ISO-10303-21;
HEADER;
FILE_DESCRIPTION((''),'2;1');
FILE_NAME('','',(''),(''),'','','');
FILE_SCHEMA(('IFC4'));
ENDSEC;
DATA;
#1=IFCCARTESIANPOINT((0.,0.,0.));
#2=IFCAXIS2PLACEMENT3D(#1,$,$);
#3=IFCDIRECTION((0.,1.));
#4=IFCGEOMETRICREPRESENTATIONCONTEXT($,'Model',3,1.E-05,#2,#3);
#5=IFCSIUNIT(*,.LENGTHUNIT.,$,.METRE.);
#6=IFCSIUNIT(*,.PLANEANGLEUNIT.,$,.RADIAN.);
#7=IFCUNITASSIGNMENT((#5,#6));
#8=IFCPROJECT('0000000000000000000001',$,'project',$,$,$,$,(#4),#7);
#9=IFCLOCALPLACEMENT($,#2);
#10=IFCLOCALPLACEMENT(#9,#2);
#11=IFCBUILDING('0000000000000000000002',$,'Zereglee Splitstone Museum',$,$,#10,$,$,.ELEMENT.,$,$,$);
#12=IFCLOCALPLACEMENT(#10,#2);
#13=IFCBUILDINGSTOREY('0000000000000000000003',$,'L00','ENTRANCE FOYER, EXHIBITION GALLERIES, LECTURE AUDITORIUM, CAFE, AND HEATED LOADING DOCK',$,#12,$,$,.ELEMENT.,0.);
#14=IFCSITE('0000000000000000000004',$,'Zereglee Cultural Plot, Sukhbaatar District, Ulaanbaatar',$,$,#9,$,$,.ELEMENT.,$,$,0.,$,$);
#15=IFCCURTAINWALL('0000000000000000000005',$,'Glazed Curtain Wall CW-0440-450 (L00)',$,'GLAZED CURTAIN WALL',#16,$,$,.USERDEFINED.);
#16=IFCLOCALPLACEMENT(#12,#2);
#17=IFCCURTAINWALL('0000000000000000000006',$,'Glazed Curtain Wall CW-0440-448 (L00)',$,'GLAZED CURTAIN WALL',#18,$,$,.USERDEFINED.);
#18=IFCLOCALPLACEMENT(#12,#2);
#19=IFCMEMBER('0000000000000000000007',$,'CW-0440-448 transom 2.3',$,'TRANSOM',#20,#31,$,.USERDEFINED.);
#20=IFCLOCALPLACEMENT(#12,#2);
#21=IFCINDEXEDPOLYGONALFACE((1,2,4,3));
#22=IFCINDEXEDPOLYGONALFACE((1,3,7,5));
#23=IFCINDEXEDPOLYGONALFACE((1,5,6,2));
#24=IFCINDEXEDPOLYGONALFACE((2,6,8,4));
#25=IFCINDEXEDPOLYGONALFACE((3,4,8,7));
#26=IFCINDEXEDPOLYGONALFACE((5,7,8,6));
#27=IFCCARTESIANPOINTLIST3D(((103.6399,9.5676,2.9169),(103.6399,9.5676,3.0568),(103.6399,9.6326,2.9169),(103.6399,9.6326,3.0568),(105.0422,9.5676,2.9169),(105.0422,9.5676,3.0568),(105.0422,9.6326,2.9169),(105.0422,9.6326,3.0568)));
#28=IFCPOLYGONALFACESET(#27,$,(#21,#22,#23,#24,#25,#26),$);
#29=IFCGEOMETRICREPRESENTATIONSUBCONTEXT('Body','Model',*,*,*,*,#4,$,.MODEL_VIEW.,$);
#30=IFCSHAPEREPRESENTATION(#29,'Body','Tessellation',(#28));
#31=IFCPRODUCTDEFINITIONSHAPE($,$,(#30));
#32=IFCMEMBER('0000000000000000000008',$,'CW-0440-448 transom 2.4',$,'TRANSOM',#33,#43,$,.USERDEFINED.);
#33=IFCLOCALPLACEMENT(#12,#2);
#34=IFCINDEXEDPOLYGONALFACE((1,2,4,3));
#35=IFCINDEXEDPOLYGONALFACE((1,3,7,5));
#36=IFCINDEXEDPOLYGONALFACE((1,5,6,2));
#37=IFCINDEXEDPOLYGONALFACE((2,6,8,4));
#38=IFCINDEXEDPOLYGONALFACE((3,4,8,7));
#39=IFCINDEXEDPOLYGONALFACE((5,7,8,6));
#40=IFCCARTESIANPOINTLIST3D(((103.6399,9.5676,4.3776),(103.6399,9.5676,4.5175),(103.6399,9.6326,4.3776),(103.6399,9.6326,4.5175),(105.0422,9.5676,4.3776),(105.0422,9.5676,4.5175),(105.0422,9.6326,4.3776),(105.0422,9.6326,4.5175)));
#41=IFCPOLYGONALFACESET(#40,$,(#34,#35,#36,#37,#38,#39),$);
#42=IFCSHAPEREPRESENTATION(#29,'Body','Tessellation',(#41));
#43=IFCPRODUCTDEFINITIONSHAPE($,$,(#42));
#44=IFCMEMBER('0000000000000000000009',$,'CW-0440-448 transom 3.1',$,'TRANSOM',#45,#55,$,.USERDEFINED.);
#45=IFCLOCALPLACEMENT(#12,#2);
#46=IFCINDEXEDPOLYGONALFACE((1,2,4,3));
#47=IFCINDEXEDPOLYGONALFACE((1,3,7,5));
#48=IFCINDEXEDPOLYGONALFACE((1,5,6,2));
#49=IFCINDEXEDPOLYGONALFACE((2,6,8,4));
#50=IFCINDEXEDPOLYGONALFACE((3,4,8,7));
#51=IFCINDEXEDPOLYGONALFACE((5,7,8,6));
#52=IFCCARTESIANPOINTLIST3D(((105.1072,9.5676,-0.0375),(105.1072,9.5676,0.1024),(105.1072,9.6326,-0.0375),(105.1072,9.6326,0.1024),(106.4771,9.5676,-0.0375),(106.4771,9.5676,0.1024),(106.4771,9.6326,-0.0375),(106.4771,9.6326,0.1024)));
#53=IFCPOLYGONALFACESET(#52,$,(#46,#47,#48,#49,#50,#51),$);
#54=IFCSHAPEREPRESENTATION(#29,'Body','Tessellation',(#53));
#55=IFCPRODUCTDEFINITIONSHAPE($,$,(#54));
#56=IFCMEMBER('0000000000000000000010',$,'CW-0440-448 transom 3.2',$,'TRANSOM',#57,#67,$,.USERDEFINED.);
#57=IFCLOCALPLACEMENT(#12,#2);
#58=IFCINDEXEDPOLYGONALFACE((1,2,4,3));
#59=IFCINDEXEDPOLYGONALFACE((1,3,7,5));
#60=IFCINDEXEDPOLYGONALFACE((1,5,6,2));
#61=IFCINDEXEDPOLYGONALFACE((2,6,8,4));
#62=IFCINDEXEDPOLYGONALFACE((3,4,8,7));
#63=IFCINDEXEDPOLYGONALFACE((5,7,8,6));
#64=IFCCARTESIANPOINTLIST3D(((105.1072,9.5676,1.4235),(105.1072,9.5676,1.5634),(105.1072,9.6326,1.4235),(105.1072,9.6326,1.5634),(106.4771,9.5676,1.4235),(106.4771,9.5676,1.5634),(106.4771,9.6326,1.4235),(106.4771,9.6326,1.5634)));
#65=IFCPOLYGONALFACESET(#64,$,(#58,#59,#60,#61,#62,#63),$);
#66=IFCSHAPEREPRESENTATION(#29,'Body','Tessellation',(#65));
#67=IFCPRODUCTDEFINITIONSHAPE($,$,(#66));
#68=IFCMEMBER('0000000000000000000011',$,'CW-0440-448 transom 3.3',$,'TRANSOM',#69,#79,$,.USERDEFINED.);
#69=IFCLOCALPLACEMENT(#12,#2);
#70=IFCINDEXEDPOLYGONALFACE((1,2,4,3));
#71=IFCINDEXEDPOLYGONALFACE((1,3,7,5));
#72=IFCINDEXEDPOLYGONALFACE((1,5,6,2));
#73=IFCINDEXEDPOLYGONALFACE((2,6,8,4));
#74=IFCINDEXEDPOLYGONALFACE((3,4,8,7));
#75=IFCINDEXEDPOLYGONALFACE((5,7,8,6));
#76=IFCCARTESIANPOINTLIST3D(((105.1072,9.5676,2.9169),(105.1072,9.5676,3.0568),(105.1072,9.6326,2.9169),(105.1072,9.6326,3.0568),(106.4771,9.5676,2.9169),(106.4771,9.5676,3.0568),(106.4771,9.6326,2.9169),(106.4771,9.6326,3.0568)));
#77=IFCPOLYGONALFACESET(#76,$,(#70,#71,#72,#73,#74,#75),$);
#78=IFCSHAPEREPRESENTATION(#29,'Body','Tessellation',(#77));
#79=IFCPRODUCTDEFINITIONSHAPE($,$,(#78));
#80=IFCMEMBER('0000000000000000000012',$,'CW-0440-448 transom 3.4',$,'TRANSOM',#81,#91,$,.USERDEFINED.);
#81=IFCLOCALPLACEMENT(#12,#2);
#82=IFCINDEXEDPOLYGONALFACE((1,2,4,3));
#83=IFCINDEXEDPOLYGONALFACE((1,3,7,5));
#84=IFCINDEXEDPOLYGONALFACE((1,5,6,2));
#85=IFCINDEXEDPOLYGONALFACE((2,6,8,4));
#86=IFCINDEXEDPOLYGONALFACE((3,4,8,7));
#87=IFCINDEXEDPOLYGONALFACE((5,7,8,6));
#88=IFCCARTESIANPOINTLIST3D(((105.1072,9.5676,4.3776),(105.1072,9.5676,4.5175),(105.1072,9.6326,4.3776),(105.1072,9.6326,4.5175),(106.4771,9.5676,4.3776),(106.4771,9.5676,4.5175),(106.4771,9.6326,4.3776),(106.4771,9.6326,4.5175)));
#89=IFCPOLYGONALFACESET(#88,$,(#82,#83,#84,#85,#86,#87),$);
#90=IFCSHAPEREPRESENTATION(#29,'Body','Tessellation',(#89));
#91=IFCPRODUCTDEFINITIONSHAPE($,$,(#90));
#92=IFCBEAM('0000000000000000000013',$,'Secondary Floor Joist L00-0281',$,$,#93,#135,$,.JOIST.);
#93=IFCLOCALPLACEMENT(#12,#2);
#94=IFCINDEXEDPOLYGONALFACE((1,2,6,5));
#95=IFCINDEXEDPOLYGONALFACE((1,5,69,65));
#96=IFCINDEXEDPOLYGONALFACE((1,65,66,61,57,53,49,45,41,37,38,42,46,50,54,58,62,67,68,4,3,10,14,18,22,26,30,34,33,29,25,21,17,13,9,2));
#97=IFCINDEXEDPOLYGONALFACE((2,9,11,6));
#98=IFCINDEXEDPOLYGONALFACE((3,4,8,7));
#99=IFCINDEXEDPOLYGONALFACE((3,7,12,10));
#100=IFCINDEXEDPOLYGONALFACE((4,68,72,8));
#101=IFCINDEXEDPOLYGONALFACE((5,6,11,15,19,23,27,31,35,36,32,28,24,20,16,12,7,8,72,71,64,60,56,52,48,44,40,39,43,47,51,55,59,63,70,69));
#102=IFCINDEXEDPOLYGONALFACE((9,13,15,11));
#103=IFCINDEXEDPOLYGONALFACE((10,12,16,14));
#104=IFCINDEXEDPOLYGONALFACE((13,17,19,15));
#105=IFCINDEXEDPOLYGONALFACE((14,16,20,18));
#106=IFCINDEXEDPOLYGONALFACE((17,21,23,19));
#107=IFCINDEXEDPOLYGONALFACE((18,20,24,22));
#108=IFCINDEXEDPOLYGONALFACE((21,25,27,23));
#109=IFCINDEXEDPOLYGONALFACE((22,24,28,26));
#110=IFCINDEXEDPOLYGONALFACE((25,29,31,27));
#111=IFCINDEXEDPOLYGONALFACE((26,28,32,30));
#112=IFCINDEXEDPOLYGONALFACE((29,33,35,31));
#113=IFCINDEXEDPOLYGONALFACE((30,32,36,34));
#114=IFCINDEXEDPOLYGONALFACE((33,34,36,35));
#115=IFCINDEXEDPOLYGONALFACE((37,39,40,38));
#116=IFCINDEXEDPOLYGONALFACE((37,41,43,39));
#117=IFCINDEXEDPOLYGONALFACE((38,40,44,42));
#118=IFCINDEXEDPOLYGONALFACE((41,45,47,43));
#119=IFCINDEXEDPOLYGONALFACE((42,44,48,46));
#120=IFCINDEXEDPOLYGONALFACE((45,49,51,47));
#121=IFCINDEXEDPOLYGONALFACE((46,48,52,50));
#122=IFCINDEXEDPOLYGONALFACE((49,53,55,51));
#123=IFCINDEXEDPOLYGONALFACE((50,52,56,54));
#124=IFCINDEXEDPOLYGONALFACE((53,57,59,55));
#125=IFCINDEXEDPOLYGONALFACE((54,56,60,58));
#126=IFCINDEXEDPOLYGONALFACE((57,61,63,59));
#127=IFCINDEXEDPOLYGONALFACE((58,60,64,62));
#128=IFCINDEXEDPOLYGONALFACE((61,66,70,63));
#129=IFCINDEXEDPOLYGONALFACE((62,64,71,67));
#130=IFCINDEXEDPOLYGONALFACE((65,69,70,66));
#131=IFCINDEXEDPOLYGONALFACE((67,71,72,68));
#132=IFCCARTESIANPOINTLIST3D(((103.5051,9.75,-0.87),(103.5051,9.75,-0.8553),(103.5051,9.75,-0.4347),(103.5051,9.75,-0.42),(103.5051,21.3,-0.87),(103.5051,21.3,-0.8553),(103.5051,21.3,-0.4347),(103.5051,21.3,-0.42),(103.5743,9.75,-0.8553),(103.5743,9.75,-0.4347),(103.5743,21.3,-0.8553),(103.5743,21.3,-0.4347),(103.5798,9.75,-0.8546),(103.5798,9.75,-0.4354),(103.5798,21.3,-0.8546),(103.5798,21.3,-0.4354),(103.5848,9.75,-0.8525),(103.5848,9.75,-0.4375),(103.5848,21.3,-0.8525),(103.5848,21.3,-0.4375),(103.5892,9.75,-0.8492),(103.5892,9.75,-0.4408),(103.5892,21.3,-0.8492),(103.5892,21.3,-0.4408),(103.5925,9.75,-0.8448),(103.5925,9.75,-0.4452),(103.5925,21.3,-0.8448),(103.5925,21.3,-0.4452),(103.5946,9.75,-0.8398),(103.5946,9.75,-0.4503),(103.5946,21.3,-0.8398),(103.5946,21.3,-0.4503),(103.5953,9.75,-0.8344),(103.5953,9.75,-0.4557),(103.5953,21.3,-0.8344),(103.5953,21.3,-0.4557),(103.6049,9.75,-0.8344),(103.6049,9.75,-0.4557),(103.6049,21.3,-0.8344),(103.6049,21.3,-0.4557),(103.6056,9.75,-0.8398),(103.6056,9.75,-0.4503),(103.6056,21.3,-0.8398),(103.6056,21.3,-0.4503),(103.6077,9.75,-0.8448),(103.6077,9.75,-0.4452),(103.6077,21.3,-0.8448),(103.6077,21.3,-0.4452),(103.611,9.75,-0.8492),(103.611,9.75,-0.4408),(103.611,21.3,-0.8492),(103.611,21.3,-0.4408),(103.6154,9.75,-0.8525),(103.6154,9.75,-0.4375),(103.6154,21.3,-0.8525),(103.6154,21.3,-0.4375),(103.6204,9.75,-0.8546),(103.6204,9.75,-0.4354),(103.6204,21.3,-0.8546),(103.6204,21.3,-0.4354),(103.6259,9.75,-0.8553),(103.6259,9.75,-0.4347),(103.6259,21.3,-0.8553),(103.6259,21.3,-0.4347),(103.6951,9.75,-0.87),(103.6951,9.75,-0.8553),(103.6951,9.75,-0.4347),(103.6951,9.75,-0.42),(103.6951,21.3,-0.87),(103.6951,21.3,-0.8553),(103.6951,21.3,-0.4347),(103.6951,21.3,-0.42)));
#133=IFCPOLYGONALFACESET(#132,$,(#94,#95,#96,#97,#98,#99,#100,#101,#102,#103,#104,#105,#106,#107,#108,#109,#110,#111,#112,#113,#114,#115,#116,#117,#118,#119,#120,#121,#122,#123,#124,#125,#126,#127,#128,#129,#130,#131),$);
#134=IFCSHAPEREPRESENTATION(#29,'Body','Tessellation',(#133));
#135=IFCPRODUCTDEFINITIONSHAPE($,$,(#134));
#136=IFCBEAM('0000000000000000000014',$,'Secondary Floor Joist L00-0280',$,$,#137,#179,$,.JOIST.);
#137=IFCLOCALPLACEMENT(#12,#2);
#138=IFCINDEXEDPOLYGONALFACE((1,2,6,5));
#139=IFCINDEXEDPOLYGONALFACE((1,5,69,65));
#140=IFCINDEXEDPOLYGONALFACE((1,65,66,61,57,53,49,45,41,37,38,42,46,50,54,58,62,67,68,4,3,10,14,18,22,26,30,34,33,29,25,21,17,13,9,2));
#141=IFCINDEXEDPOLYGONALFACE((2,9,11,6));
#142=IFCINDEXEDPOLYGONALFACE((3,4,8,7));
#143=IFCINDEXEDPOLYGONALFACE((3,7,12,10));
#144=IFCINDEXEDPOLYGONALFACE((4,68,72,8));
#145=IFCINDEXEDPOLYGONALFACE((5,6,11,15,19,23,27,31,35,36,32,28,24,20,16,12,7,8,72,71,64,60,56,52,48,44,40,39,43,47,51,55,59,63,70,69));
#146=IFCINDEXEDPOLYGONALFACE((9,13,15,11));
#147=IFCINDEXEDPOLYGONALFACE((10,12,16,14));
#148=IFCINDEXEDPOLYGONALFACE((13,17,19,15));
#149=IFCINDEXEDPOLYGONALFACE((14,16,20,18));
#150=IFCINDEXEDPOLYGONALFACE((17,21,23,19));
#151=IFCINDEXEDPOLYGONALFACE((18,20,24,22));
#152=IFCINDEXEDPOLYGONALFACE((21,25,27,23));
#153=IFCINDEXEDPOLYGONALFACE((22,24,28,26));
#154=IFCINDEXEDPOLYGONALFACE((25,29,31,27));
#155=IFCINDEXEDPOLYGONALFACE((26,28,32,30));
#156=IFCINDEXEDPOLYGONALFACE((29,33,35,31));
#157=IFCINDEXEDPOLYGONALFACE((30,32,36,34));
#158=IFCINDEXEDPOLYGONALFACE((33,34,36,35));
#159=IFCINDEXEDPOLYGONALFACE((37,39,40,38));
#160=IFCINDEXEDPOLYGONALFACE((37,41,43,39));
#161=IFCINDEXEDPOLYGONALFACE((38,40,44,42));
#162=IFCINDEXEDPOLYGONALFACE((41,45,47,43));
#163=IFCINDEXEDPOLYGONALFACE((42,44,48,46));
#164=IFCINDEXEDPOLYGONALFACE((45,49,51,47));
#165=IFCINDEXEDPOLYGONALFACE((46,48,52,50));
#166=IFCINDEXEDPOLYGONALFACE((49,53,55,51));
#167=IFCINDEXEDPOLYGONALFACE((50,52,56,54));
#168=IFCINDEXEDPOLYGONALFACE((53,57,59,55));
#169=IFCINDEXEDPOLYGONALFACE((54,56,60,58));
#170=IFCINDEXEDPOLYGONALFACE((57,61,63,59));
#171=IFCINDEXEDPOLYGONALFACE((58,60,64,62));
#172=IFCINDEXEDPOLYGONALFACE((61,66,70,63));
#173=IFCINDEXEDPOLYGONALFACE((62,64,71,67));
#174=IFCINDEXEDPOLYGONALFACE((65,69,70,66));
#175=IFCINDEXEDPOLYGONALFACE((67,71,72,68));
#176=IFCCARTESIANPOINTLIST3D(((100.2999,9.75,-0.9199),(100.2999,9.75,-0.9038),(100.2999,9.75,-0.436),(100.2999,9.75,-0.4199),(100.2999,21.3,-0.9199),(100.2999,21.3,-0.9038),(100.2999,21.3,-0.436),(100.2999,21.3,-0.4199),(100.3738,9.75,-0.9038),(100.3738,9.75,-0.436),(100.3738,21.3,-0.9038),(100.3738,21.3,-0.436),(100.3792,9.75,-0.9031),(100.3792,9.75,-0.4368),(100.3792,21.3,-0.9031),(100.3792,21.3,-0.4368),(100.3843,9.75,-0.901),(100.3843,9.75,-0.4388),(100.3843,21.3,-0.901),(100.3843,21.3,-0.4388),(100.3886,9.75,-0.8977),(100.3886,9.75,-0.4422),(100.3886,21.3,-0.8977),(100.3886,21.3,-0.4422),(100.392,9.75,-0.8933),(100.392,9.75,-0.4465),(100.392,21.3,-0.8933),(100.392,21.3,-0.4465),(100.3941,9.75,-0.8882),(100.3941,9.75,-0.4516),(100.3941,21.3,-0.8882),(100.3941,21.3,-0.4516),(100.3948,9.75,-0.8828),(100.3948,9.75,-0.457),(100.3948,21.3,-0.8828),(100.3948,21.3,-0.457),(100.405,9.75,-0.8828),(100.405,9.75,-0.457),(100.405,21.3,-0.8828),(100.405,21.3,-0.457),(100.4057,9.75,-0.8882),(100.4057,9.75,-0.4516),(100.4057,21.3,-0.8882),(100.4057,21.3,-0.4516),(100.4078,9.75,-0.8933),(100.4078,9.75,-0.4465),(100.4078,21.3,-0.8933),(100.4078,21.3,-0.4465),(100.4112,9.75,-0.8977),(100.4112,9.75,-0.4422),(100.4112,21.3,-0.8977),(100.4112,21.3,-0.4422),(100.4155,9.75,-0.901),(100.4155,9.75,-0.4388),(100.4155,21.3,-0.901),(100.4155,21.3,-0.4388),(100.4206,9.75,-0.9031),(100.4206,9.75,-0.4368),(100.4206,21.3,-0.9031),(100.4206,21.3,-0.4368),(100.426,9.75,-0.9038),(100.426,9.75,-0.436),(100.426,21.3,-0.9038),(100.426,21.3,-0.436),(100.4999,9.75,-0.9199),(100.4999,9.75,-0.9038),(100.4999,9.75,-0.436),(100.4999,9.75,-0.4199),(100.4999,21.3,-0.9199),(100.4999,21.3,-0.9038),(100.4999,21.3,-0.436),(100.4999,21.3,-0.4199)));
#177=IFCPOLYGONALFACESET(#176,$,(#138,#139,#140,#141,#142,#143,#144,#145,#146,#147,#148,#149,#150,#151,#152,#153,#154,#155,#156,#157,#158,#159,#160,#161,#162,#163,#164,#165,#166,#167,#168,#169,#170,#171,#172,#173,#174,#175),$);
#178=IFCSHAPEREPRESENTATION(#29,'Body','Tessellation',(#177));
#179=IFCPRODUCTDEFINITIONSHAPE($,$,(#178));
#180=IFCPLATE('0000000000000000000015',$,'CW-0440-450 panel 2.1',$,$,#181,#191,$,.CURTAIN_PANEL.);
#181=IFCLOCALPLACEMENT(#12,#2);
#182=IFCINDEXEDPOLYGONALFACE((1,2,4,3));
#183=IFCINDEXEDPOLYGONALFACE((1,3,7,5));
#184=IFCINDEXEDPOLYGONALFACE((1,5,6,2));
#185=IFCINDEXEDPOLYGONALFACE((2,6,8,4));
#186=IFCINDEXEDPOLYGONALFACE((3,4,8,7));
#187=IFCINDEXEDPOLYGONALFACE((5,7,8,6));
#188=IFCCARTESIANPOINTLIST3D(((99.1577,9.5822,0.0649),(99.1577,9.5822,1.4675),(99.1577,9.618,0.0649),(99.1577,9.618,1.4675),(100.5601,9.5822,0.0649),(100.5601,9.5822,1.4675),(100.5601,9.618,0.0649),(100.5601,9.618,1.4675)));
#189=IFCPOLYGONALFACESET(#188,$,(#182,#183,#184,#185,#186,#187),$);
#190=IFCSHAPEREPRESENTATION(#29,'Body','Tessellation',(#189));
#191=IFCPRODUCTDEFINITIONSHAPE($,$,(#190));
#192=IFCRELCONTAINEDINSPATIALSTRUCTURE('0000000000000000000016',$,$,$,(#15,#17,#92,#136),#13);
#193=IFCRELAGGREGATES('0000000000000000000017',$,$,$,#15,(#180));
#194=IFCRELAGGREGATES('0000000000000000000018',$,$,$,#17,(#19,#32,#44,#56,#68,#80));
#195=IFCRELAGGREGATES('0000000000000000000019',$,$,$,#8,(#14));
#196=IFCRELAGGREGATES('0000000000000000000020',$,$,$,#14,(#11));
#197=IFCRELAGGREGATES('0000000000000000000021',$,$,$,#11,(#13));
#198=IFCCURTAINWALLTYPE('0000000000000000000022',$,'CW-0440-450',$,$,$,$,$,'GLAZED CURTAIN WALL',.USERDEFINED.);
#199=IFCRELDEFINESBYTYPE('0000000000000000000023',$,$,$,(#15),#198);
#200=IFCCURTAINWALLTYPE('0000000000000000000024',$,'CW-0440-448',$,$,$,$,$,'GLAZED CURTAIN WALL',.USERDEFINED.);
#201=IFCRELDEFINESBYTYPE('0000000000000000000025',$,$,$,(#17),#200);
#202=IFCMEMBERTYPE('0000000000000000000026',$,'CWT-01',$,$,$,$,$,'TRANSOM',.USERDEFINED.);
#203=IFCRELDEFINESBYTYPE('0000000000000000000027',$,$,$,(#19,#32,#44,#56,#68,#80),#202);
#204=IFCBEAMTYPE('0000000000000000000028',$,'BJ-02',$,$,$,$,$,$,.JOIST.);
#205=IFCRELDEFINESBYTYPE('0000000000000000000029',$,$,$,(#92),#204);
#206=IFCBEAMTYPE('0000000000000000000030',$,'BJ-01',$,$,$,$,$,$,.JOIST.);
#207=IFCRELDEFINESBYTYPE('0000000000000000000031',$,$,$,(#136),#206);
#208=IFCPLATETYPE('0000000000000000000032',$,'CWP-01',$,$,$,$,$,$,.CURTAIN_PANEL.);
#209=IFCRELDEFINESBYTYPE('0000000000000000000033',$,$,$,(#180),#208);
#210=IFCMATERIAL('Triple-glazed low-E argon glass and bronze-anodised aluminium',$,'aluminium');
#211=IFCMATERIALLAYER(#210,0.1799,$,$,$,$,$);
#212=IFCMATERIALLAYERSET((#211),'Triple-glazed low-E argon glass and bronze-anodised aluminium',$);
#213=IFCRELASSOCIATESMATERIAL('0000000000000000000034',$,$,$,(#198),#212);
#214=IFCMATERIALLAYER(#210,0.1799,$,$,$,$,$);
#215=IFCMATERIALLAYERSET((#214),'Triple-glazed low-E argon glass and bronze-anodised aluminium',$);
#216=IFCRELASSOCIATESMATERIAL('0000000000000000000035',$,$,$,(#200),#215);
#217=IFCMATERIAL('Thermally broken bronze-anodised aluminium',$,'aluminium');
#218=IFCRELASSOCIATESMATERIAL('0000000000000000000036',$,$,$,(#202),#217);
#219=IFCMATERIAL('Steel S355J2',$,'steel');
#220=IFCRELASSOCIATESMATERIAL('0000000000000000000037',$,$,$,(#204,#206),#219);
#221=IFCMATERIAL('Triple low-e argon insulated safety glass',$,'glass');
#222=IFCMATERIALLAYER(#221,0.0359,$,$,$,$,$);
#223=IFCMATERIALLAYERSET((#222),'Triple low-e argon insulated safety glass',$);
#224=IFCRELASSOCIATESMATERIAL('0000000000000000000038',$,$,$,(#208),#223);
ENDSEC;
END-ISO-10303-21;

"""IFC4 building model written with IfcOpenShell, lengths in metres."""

from ifc_helpers import new_model, si_unit, direction, frame, origin, origin_2d, place, context, subcontext, project, spatial, rectangle, i_section, extrude, material, layer, layer_set, material_profile, profile_set, type_object, element, aggregate, save


model = new_model("IFC4")

# Units and contexts
model_context = context("Model", 3, precision=1e-05, world=origin(), true_north=direction((0.0, 1.0)))
body_context = subcontext(model_context, "Body", "Model", "MODEL_VIEW")
ifc_project = project(units=[si_unit("LENGTHUNIT", "METRE"), si_unit("PLANEANGLEUNIT", "RADIAN")], contexts=[model_context])

# Site, building, storey
site_placement = place(None, origin())
site = spatial("IfcSite", under=ifc_project, at=site_placement, Name="Zereglee Cultural Plot, Sukhbaatar District, Ulaanbaatar", CompositionType="ELEMENT", RefElevation=0.0)
building_placement = place(site_placement, origin())
building = spatial("IfcBuilding", under=site, at=building_placement, Name="Zereglee Splitstone Museum", CompositionType="ELEMENT")
storey_placement = place(building_placement, origin())
storey = spatial("IfcBuildingStorey", under=building, at=storey_placement, Name="L00", Description="ENTRANCE FOYER, EXHIBITION GALLERIES, LECTURE AUDITORIUM, CAFE, AND HEATED LOADING DOCK", CompositionType="ELEMENT", Elevation=0.0)

# Curtain walls
ifc_material_1 = material(Name="Triple-glazed low-E argon glass and bronze-anodised aluminium", Category="aluminium")
ifc_layer_1 = layer(ifc_material_1, 0.1799)
ifc_layer_set_1 = layer_set([ifc_layer_1], Name="Triple-glazed low-E argon glass and bronze-anodised aluminium")
curtain_wall_type_1 = type_object("IfcCurtainWallType", Name="CW-0440-450", ElementType="GLAZED CURTAIN WALL", PredefinedType="USERDEFINED", material=ifc_layer_set_1)
curtain_wall_1_placement = place(storey_placement, origin())
curtain_wall_1 = element("IfcCurtainWall", 1, at=curtain_wall_1_placement, inside=storey, type_object=curtain_wall_type_1, Name="Glazed Curtain Wall CW-0440-450 (L00)", ObjectType="GLAZED CURTAIN WALL", PredefinedType="USERDEFINED")
ifc_material_2 = material(Name="Thermally broken bronze-anodised aluminium", Category="aluminium")
ifc_layer_2 = layer(ifc_material_1, 0.1799)
ifc_layer_set_2 = layer_set([ifc_layer_2], Name="Triple-glazed low-E argon glass and bronze-anodised aluminium")
curtain_wall_type_2 = type_object("IfcCurtainWallType", Name="CW-0440-448", ElementType="GLAZED CURTAIN WALL", PredefinedType="USERDEFINED", material=ifc_layer_set_2)
curtain_wall_2_placement = place(storey_placement, origin())
curtain_wall_2 = element("IfcCurtainWall", 2, at=curtain_wall_2_placement, inside=storey, type_object=curtain_wall_type_2, Name="Glazed Curtain Wall CW-0440-448 (L00)", ObjectType="GLAZED CURTAIN WALL", PredefinedType="USERDEFINED")

# Members
ifc_material_profile_1 = material_profile(ifc_material_2, rectangle(XDim=0.0649, YDim=0.1399, at=origin_2d()), Name="CW TRAN 65x140")
ifc_profile_set_1 = profile_set([ifc_material_profile_1], Name="Thermally broken bronze-anodised aluminium")
member_type_1 = type_object("IfcMemberType", Name="CWT-01", ElementType="TRANSOM", PredefinedType="USERDEFINED", material=ifc_profile_set_1)
member_1_placement = place(storey_placement, frame((103.6399, 9.6001, 2.9868), z_axis=(1.0, 0.0, 0.0), x_axis=(0.0, 1.0, 0.0)))
member_1 = element("IfcMember", 3, at=member_1_placement, type_object=member_type_1, Name="CW-0440-448 transom 2.3", ObjectType="TRANSOM", PredefinedType="USERDEFINED", context=body_context, shape_type="SweptSolid", body=[
    extrude(rectangle(XDim=0.0649, YDim=0.1399, at=origin_2d()), origin(), (0.0, 0.0, 1.0), 1.4023),
])
member_2_placement = place(storey_placement, frame((103.6399, 9.6001, 4.4475), z_axis=(1.0, 0.0, 0.0), x_axis=(0.0, 1.0, 0.0)))
member_2 = element("IfcMember", 4, at=member_2_placement, type_object=member_type_1, Name="CW-0440-448 transom 2.4", ObjectType="TRANSOM", PredefinedType="USERDEFINED", context=body_context, shape_type="SweptSolid", body=[
    extrude(rectangle(XDim=0.0649, YDim=0.1399, at=origin_2d()), origin(), (0.0, 0.0, 1.0), 1.4023),
])
member_3_placement = place(storey_placement, frame((105.1072, 9.6001, 0.0325), z_axis=(1.0, 0.0, 0.0), x_axis=(0.0, 1.0, 0.0)))
member_3 = element("IfcMember", 5, at=member_3_placement, type_object=member_type_1, Name="CW-0440-448 transom 3.1", ObjectType="TRANSOM", PredefinedType="USERDEFINED", context=body_context, shape_type="SweptSolid", body=[
    extrude(rectangle(XDim=0.0649, YDim=0.1399, at=origin_2d()), origin(), (0.0, 0.0, 1.0), 1.3699),
])
member_4_placement = place(storey_placement, frame((105.1072, 9.6001, 1.4934), z_axis=(1.0, 0.0, 0.0), x_axis=(0.0, 1.0, 0.0)))
member_4 = element("IfcMember", 6, at=member_4_placement, type_object=member_type_1, Name="CW-0440-448 transom 3.2", ObjectType="TRANSOM", PredefinedType="USERDEFINED", context=body_context, shape_type="SweptSolid", body=[
    extrude(rectangle(XDim=0.0649, YDim=0.1399, at=origin_2d()), origin(), (0.0, 0.0, 1.0), 1.3699),
])
member_5_placement = place(storey_placement, frame((105.1072, 9.6001, 2.9868), z_axis=(1.0, 0.0, 0.0), x_axis=(0.0, 1.0, 0.0)))
member_5 = element("IfcMember", 7, at=member_5_placement, type_object=member_type_1, Name="CW-0440-448 transom 3.3", ObjectType="TRANSOM", PredefinedType="USERDEFINED", context=body_context, shape_type="SweptSolid", body=[
    extrude(rectangle(XDim=0.0649, YDim=0.1399, at=origin_2d()), origin(), (0.0, 0.0, 1.0), 1.3699),
])
member_6_placement = place(storey_placement, frame((105.1072, 9.6001, 4.4475), z_axis=(1.0, 0.0, 0.0), x_axis=(0.0, 1.0, 0.0)))
member_6 = element("IfcMember", 8, at=member_6_placement, type_object=member_type_1, Name="CW-0440-448 transom 3.4", ObjectType="TRANSOM", PredefinedType="USERDEFINED", context=body_context, shape_type="SweptSolid", body=[
    extrude(rectangle(XDim=0.0649, YDim=0.1399, at=origin_2d()), origin(), (0.0, 0.0, 1.0), 1.3699),
])

# Beams
ifc_material_3 = material(Name="Steel S355J2", Category="steel")
ifc_material_profile_2 = material_profile(ifc_material_3, i_section(OverallWidth=0.1899, OverallDepth=0.45, WebThickness=0.0095, FlangeThickness=0.0146, FilletRadius=0.021, at=origin_2d()), Name="IPE 450")
ifc_profile_set_2 = profile_set([ifc_material_profile_2], Name="Steel S355J2")
beam_type_1 = type_object("IfcBeamType", Name="BJ-02", PredefinedType="JOIST", material=ifc_profile_set_2)
beam_1_placement = place(storey_placement, frame((103.6001, 9.75, -0.645), z_axis=(0.0, 1.0, 0.0), x_axis=(-1.0, 0.0, 0.0)))
element("IfcBeam", 9, at=beam_1_placement, inside=storey, type_object=beam_type_1, Name="Secondary Floor Joist L00-0281", PredefinedType="JOIST", context=body_context, shape_type="SweptSolid", body=[
    extrude(i_section(OverallWidth=0.1899, OverallDepth=0.45, WebThickness=0.0095, FlangeThickness=0.0146, FilletRadius=0.021, at=origin_2d()), origin(), (0.0, 0.0, 1.0), 11.55),
])
ifc_material_profile_3 = material_profile(ifc_material_3, i_section(OverallWidth=0.2, OverallDepth=0.5, WebThickness=0.0103, FlangeThickness=0.0161, FilletRadius=0.021, at=origin_2d()), Name="IPE 500")
ifc_profile_set_3 = profile_set([ifc_material_profile_3], Name="Steel S355J2")
beam_type_2 = type_object("IfcBeamType", Name="BJ-01", PredefinedType="JOIST", material=ifc_profile_set_3)
beam_2_placement = place(storey_placement, frame((100.3999, 9.75, -0.6699), z_axis=(0.0, 1.0, 0.0), x_axis=(-1.0, 0.0, 0.0)))
element("IfcBeam", 10, at=beam_2_placement, inside=storey, type_object=beam_type_2, Name="Secondary Floor Joist L00-0280", PredefinedType="JOIST", context=body_context, shape_type="SweptSolid", body=[
    extrude(i_section(OverallWidth=0.2, OverallDepth=0.5, WebThickness=0.0103, FlangeThickness=0.0161, FilletRadius=0.021, at=origin_2d()), origin(), (0.0, 0.0, 1.0), 11.55),
])

# Plate
ifc_material_4 = material(Name="Triple low-e argon insulated safety glass", Category="glass")
ifc_layer_3 = layer(ifc_material_4, 0.0359)
ifc_layer_set_3 = layer_set([ifc_layer_3], Name="Triple low-e argon insulated safety glass")
plate_type = type_object("IfcPlateType", Name="CWP-01", PredefinedType="CURTAIN_PANEL", material=ifc_layer_set_3)
plate_1_placement = place(storey_placement, frame((99.8589, 9.6001, 0.0649), z_axis=(0.0, 0.0, 1.0), x_axis=(1.0, 0.0, 0.0)))
plate_1 = element("IfcPlate", 11, at=plate_1_placement, type_object=plate_type, Name="CW-0440-450 panel 2.1", PredefinedType="CURTAIN_PANEL", context=body_context, shape_type="SweptSolid", body=[
    extrude(rectangle(XDim=1.4023, YDim=0.0359, at=origin_2d()), origin(), (0.0, 0.0, 1.0), 1.4026),
])
aggregate(curtain_wall_1, [plate_1])
aggregate(curtain_wall_2, [member_1, member_2, member_3, member_4, member_5, member_6])

save(model, "model.ifc")
